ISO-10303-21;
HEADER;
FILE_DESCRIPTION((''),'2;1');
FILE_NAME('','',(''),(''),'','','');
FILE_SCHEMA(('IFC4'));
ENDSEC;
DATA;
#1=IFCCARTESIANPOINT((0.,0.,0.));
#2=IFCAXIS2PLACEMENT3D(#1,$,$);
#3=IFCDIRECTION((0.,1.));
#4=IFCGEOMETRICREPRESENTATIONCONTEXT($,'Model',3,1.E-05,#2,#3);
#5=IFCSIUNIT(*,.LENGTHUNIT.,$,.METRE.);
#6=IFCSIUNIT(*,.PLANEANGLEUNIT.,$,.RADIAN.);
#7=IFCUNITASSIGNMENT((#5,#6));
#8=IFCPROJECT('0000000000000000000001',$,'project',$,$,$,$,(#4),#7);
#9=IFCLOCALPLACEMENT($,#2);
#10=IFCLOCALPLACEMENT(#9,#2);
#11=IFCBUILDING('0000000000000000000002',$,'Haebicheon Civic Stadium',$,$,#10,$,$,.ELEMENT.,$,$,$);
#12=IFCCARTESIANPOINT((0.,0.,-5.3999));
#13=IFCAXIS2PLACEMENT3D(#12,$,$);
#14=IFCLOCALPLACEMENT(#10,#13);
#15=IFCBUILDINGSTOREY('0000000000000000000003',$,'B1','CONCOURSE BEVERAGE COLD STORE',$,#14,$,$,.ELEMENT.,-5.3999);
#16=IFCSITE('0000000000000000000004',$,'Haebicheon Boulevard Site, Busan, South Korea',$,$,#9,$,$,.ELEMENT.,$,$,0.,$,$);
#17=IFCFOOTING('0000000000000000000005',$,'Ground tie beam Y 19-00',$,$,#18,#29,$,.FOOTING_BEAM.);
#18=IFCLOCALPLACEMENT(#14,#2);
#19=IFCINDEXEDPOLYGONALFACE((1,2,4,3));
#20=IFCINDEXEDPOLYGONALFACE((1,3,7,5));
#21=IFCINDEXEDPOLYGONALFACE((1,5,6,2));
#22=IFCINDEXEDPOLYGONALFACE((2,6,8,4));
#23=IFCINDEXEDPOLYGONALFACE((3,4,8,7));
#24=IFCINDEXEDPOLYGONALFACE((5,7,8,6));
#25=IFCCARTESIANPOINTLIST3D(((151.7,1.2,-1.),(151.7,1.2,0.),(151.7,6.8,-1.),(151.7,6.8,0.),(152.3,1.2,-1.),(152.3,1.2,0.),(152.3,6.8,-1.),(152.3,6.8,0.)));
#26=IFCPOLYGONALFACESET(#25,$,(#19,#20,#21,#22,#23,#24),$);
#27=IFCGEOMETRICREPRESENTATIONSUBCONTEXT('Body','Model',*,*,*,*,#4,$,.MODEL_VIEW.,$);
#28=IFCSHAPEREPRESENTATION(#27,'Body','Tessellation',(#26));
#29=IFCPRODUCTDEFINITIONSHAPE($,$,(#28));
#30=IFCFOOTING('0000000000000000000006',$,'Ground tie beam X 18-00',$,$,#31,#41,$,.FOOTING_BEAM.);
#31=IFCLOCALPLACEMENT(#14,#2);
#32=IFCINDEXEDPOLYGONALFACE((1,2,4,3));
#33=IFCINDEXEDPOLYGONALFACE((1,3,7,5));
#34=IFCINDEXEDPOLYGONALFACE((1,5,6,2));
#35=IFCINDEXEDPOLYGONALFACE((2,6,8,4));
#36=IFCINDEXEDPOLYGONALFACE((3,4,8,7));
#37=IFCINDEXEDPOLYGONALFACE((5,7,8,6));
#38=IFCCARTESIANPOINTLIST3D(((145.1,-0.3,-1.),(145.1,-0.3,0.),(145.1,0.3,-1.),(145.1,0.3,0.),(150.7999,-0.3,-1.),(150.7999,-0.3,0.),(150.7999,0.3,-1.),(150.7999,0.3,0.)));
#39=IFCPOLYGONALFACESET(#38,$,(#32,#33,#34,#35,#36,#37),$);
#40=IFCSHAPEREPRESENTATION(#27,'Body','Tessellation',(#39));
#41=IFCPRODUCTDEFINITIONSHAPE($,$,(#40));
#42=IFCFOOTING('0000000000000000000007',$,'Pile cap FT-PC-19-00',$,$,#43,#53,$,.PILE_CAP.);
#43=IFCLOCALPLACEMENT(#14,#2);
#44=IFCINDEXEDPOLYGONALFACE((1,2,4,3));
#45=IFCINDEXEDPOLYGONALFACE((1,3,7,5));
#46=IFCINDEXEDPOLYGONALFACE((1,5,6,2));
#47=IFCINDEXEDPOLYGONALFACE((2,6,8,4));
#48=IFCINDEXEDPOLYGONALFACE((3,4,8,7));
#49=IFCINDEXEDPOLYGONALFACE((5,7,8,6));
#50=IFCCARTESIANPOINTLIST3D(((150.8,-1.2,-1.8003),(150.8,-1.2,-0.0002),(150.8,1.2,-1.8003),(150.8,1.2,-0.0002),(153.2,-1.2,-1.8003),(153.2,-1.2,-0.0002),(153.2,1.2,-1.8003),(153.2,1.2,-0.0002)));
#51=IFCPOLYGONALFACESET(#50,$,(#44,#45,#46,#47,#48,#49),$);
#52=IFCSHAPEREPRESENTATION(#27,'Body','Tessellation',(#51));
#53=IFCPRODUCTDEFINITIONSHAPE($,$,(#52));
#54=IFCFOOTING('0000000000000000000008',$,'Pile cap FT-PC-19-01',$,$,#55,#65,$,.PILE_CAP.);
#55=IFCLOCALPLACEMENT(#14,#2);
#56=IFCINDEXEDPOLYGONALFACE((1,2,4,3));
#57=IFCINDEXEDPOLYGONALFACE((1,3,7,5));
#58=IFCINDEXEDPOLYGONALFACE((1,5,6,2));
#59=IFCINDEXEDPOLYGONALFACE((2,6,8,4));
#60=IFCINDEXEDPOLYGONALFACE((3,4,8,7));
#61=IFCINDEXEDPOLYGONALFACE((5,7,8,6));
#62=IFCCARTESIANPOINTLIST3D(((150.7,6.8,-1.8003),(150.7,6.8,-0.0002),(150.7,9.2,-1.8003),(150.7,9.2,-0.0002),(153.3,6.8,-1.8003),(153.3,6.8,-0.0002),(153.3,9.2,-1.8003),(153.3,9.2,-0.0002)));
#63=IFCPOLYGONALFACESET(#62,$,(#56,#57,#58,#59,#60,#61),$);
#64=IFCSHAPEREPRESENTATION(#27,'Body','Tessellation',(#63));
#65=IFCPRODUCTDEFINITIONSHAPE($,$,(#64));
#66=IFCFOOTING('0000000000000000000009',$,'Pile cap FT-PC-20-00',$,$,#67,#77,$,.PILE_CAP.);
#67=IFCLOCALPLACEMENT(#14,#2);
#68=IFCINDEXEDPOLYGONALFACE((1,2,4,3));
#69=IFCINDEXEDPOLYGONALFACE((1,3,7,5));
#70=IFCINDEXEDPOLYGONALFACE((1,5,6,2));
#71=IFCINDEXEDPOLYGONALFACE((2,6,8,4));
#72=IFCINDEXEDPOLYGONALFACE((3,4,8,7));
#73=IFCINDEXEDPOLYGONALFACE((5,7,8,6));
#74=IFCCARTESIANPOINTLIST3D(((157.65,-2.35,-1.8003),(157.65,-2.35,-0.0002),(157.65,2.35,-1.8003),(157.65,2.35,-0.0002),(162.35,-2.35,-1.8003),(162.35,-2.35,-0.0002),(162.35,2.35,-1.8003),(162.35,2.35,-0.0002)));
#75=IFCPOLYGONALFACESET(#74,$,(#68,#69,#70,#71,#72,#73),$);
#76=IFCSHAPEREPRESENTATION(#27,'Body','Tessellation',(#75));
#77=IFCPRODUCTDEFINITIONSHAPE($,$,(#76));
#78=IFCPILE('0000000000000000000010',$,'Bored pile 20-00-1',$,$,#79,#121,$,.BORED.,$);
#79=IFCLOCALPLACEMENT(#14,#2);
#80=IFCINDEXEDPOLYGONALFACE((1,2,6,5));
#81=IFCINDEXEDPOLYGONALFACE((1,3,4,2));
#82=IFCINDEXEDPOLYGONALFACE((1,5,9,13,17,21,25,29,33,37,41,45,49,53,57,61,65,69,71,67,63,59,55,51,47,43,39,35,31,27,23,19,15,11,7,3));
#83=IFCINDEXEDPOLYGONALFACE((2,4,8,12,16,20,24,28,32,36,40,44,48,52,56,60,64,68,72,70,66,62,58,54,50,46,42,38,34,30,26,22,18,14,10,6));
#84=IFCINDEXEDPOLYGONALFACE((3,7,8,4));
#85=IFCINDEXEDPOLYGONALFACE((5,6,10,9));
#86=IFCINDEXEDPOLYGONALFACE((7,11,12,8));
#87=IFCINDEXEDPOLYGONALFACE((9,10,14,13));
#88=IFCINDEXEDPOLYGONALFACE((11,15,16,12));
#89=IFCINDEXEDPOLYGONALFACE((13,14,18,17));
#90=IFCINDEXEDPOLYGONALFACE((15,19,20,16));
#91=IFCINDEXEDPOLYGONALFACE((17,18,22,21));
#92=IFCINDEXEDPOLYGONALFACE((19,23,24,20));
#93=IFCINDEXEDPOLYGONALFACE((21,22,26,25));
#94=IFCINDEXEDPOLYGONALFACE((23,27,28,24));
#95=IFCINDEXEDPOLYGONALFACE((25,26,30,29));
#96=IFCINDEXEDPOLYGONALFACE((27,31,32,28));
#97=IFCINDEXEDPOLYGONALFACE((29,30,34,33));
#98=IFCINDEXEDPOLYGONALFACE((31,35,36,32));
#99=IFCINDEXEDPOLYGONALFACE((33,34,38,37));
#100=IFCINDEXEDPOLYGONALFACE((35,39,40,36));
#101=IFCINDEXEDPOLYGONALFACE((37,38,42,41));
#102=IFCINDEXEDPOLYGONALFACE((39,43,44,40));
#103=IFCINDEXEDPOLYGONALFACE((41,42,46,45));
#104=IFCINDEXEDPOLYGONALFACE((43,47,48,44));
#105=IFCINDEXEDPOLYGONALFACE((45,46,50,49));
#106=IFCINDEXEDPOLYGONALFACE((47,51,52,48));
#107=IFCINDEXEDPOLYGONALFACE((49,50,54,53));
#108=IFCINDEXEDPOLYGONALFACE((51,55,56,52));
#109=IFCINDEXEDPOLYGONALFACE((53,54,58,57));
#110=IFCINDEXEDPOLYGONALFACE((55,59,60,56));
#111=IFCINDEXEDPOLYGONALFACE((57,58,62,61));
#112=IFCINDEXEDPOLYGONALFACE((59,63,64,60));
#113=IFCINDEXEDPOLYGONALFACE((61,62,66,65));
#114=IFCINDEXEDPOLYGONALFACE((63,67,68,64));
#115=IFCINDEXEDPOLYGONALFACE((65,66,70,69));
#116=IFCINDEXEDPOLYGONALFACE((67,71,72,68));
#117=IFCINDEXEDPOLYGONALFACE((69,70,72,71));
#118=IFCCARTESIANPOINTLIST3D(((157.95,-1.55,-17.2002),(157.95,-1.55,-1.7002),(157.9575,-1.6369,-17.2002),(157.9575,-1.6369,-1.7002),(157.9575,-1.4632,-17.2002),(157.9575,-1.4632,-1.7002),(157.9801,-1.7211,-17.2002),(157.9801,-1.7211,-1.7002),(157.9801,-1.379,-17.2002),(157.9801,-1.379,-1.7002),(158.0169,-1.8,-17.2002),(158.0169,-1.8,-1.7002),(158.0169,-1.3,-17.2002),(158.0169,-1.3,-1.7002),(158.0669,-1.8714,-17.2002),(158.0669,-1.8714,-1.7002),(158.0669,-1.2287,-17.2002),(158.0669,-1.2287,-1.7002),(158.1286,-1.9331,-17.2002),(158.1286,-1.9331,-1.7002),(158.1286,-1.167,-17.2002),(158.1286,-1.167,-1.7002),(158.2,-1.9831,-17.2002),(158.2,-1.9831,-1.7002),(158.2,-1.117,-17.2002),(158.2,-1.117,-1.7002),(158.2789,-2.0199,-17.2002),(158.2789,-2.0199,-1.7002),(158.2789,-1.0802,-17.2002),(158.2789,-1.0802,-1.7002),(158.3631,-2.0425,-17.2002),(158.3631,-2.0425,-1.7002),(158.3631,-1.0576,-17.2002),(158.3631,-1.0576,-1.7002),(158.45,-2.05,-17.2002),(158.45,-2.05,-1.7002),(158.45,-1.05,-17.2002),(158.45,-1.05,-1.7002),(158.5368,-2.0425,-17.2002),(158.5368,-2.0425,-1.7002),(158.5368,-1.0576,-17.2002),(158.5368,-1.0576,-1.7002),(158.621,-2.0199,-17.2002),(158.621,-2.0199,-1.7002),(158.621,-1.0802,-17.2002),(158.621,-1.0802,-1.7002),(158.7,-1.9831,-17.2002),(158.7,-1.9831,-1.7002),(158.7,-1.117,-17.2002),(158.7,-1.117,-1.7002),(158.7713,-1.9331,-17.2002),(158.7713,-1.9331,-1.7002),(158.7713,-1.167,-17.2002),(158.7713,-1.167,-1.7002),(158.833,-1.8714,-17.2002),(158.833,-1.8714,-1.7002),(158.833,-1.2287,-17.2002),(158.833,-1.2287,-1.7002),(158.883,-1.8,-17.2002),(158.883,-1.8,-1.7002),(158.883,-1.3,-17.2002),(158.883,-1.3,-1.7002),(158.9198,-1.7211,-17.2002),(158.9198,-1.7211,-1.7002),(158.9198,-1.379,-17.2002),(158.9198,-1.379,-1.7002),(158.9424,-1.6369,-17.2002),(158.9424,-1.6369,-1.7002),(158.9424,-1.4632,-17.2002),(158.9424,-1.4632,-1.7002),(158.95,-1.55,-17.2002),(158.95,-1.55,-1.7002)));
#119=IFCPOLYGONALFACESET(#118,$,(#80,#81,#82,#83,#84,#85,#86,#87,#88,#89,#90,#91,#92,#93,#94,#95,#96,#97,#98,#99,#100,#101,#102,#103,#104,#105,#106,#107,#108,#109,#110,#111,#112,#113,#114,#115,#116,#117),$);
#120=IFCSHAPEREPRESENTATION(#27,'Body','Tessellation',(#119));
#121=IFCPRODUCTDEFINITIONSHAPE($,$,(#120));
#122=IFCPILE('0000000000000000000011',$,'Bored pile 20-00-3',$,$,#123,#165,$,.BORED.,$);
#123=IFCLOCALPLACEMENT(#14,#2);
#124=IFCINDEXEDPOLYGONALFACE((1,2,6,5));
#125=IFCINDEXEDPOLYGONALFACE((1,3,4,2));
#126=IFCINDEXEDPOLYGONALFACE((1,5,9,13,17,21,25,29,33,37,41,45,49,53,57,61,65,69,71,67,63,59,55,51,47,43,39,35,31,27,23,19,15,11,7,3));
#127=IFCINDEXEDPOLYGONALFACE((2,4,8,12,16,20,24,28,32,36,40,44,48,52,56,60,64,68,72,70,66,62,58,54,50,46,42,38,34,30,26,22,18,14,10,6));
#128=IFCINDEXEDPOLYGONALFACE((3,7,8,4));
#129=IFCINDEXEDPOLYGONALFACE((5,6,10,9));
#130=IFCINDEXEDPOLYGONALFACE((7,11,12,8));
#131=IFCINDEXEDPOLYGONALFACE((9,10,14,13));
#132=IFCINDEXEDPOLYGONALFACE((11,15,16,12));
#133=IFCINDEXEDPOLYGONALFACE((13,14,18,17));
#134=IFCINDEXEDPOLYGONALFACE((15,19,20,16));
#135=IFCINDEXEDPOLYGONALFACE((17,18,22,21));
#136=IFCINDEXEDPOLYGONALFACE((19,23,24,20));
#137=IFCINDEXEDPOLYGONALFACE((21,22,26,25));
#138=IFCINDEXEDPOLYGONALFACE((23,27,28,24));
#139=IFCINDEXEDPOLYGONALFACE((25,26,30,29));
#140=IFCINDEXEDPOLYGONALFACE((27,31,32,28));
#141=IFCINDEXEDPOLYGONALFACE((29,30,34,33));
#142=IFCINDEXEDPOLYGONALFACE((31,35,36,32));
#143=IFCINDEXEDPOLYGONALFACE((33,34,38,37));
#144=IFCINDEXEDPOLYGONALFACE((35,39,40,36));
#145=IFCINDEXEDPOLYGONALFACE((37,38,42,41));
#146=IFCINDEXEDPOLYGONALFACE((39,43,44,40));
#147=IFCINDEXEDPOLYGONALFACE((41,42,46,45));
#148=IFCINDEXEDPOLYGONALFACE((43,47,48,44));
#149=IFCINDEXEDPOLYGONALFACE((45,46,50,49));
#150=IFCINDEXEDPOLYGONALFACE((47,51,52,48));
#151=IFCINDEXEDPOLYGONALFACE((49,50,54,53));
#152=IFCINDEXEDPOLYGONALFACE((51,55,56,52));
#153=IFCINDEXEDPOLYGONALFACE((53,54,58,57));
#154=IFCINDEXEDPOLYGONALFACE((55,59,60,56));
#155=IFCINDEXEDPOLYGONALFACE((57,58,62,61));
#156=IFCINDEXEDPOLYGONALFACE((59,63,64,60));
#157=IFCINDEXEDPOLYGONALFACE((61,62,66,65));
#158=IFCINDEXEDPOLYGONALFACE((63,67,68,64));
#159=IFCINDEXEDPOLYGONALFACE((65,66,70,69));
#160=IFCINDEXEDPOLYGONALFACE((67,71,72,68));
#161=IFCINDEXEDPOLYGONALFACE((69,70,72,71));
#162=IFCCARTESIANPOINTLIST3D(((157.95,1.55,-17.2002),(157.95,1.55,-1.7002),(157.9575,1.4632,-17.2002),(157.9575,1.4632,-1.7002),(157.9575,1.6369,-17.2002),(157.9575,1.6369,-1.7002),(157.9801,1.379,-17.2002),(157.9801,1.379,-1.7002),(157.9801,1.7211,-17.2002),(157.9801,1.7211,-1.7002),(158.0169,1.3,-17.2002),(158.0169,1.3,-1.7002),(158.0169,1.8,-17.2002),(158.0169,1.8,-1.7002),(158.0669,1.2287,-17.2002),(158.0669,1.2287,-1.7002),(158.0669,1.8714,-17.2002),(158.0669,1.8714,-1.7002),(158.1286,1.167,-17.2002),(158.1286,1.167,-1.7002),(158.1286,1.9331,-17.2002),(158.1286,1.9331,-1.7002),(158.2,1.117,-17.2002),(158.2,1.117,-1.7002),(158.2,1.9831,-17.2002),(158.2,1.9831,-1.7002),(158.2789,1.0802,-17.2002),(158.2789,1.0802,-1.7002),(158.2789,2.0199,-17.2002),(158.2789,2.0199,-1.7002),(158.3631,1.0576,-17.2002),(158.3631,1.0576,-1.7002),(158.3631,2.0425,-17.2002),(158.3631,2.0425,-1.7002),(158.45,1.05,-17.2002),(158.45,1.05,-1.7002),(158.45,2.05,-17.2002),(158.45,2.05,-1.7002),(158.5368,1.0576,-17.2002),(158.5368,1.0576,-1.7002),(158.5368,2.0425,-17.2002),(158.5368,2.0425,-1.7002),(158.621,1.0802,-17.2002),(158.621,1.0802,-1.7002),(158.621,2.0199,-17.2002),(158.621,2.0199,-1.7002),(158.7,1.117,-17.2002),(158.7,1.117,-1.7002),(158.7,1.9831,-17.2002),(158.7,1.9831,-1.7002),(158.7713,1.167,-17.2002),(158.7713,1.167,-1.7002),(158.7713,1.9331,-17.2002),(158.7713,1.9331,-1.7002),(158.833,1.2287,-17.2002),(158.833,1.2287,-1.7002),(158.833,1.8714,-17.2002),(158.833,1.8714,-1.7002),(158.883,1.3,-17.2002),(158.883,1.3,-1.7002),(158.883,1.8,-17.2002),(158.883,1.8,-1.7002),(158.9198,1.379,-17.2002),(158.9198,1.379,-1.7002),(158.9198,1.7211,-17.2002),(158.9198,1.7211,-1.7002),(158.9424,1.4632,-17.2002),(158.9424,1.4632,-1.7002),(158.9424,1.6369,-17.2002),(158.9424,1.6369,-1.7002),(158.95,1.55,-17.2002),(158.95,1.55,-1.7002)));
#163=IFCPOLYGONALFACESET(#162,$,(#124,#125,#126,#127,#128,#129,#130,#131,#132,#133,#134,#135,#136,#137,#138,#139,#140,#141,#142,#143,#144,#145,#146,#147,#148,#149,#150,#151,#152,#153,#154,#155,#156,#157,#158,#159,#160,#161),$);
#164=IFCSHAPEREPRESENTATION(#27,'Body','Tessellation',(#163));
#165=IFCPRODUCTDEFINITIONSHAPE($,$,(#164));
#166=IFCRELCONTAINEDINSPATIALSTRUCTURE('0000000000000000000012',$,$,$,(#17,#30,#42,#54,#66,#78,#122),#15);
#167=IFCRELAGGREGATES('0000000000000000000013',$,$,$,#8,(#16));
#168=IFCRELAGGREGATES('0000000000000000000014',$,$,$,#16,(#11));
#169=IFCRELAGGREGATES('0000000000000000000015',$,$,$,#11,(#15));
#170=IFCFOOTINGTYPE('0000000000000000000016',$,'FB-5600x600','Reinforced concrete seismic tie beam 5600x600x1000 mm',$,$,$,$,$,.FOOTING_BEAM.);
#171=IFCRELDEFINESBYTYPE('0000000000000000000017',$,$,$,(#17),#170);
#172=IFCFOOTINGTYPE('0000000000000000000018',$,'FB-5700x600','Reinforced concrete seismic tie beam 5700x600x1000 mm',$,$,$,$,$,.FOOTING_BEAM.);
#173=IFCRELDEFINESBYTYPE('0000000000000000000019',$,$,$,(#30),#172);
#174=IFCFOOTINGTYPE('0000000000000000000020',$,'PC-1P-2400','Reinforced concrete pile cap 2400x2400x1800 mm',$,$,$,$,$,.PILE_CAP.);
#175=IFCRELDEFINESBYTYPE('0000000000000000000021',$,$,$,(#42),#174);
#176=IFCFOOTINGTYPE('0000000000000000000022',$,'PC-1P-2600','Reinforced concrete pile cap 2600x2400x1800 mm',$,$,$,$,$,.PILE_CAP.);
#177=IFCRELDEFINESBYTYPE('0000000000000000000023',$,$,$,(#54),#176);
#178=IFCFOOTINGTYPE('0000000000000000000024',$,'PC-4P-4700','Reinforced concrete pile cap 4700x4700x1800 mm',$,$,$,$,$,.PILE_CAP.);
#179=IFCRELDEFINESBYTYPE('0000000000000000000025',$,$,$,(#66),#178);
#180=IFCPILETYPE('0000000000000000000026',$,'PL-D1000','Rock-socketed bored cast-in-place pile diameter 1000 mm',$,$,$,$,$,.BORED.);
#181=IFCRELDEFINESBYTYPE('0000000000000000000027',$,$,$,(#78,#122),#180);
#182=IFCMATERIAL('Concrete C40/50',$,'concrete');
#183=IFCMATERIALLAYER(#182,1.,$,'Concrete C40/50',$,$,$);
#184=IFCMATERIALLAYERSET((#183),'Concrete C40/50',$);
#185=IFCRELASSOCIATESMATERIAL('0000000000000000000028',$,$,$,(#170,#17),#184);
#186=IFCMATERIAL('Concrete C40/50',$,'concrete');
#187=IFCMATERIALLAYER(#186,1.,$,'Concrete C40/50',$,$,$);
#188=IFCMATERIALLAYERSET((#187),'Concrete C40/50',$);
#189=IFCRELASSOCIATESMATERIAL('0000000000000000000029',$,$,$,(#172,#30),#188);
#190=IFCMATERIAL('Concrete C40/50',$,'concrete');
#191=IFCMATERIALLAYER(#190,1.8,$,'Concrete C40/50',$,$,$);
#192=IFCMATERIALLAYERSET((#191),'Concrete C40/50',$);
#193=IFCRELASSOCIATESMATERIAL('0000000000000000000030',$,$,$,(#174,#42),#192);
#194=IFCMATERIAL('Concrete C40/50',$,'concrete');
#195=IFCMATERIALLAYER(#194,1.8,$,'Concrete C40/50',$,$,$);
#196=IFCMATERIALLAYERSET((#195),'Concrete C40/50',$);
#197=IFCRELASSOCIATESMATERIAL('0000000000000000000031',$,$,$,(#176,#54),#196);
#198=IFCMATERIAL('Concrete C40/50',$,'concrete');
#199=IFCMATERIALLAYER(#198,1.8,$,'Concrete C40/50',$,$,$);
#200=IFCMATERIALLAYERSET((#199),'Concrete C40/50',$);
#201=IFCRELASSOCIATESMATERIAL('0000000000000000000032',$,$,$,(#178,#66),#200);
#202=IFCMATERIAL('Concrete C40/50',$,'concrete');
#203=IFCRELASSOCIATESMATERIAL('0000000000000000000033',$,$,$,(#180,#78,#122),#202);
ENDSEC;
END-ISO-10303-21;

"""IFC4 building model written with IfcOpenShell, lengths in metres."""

from ifc_helpers import new_model, si_unit, direction, frame, origin, origin_2d, place, context, subcontext, project, spatial, rectangle, circle, extrude, material, layer, layer_set, material_profile, profile_set, type_object, element, save


model = new_model("IFC4")

# Units and contexts
model_context = context("Model", 3, precision=1e-05, world=origin(), true_north=direction((0.0, 1.0)))
body_context = subcontext(model_context, "Body", "Model", "MODEL_VIEW")
ifc_project = project(units=[si_unit("LENGTHUNIT", "METRE"), si_unit("PLANEANGLEUNIT", "RADIAN")], contexts=[model_context])

# Site, building, storey
site_placement = place(None, origin())
site = spatial("IfcSite", under=ifc_project, at=site_placement, Name="Haebicheon Boulevard Site, Busan, South Korea", CompositionType="ELEMENT", RefElevation=0.0)
building_placement = place(site_placement, origin())
building = spatial("IfcBuilding", under=site, at=building_placement, Name="Haebicheon Civic Stadium", CompositionType="ELEMENT")
storey_placement = place(building_placement, frame((0.0, 0.0, -5.3999)))
storey = spatial("IfcBuildingStorey", under=building, at=storey_placement, Name="B1", Description="CONCOURSE BEVERAGE COLD STORE", CompositionType="ELEMENT", Elevation=-5.3999)

# Footings
ifc_material_1 = material(Name="Concrete C40/50", Category="concrete")
ifc_layer_1 = layer(ifc_material_1, 1.0, Name="Concrete C40/50")
ifc_layer_set_1 = layer_set([ifc_layer_1], Name="Concrete C40/50")
footing_type_1 = type_object("IfcFootingType", Name="FB-5600x600", Description="Reinforced concrete seismic tie beam 5600x600x1000 mm", PredefinedType="FOOTING_BEAM", material=ifc_layer_set_1)
footing_1_placement = place(storey_placement, frame((152.0, 4.0, -1.0), z_axis=(0.0, 0.0, 1.0), x_axis=(0.0, 1.0, 0.0)))
element("IfcFooting", 1, at=footing_1_placement, inside=storey, type_object=footing_type_1, material=ifc_layer_set_1, Name="Ground tie beam Y 19-00", PredefinedType="FOOTING_BEAM", context=body_context, shape_type="SweptSolid", body=[
    extrude(rectangle(XDim=5.6001, YDim=0.6001, at=origin_2d()), origin(), (0.0, 0.0, 1.0), 1.0),
])
ifc_material_2 = material(Name="Concrete C40/50", Category="concrete")
ifc_layer_2 = layer(ifc_material_2, 1.0, Name="Concrete C40/50")
ifc_layer_set_2 = layer_set([ifc_layer_2], Name="Concrete C40/50")
footing_type_2 = type_object("IfcFootingType", Name="FB-5700x600", Description="Reinforced concrete seismic tie beam 5700x600x1000 mm", PredefinedType="FOOTING_BEAM", material=ifc_layer_set_2)
footing_2_placement = place(storey_placement, frame((147.95, 0.0, -1.0), z_axis=(0.0, 0.0, 1.0), x_axis=(1.0, 0.0, 0.0)))
element("IfcFooting", 2, at=footing_2_placement, inside=storey, type_object=footing_type_2, material=ifc_layer_set_2, Name="Ground tie beam X 18-00", PredefinedType="FOOTING_BEAM", context=body_context, shape_type="SweptSolid", body=[
    extrude(rectangle(XDim=5.7, YDim=0.6001, at=origin_2d()), origin(), (0.0, 0.0, 1.0), 1.0),
])
ifc_material_3 = material(Name="Concrete C40/50", Category="concrete")
ifc_layer_3 = layer(ifc_material_3, 1.8, Name="Concrete C40/50")
ifc_layer_set_3 = layer_set([ifc_layer_3], Name="Concrete C40/50")
footing_type_3 = type_object("IfcFootingType", Name="PC-1P-2400", Description="Reinforced concrete pile cap 2400x2400x1800 mm", PredefinedType="PILE_CAP", material=ifc_layer_set_3)
footing_3_placement = place(storey_placement, frame((152.0, 0.0, -1.8003), z_axis=(0.0, 0.0, 1.0), x_axis=(1.0, 0.0, 0.0)))
element("IfcFooting", 3, at=footing_3_placement, inside=storey, type_object=footing_type_3, material=ifc_layer_set_3, Name="Pile cap FT-PC-19-00", PredefinedType="PILE_CAP", context=body_context, shape_type="SweptSolid", body=[
    extrude(rectangle(XDim=2.3999, YDim=2.3999, at=origin_2d()), origin(), (0.0, 0.0, 1.0), 1.8),
])
ifc_material_4 = material(Name="Concrete C40/50", Category="concrete")
ifc_layer_4 = layer(ifc_material_4, 1.8, Name="Concrete C40/50")
ifc_layer_set_4 = layer_set([ifc_layer_4], Name="Concrete C40/50")
footing_type_4 = type_object("IfcFootingType", Name="PC-1P-2600", Description="Reinforced concrete pile cap 2600x2400x1800 mm", PredefinedType="PILE_CAP", material=ifc_layer_set_4)
footing_4_placement = place(storey_placement, frame((152.0, 8.0, -1.8003), z_axis=(0.0, 0.0, 1.0), x_axis=(1.0, 0.0, 0.0)))
element("IfcFooting", 4, at=footing_4_placement, inside=storey, type_object=footing_type_4, material=ifc_layer_set_4, Name="Pile cap FT-PC-19-01", PredefinedType="PILE_CAP", context=body_context, shape_type="SweptSolid", body=[
    extrude(rectangle(XDim=2.6001, YDim=2.3999, at=origin_2d()), origin(), (0.0, 0.0, 1.0), 1.8),
])
ifc_material_5 = material(Name="Concrete C40/50", Category="concrete")
ifc_layer_5 = layer(ifc_material_5, 1.8, Name="Concrete C40/50")
ifc_layer_set_5 = layer_set([ifc_layer_5], Name="Concrete C40/50")
footing_type_5 = type_object("IfcFootingType", Name="PC-4P-4700", Description="Reinforced concrete pile cap 4700x4700x1800 mm", PredefinedType="PILE_CAP", material=ifc_layer_set_5)
footing_5_placement = place(storey_placement, frame((160.0, 0.0, -1.8003), z_axis=(0.0, 0.0, 1.0), x_axis=(1.0, 0.0, 0.0)))
element("IfcFooting", 5, at=footing_5_placement, inside=storey, type_object=footing_type_5, material=ifc_layer_set_5, Name="Pile cap FT-PC-20-00", PredefinedType="PILE_CAP", context=body_context, shape_type="SweptSolid", body=[
    extrude(rectangle(XDim=4.7, YDim=4.7, at=origin_2d()), origin(), (0.0, 0.0, 1.0), 1.8),
])

# Piles
ifc_material_6 = material(Name="Concrete C40/50", Category="concrete")
ifc_material_profile_1 = material_profile(ifc_material_6, circle(Radius=0.5, at=origin_2d()), Name="PILE-D1000")
ifc_profile_set_1 = profile_set([ifc_material_profile_1], Name="Concrete C40/50")
pile_type_1 = type_object("IfcPileType", Name="PL-D1000", Description="Rock-socketed bored cast-in-place pile diameter 1000 mm", PredefinedType="BORED", material=ifc_profile_set_1)
for number, where, z_axis, x_axis, name in (
    (6, (158.45, -1.55, -1.7002), (0.0, 0.0, -1.0), (1.0, 0.0, 0.0), "Bored pile 20-00-1"),
    (7, (158.45, 1.55, -1.7002), (0.0, 0.0, -1.0), (1.0, 0.0, 0.0), "Bored pile 20-00-3"),
):
    element("IfcPile", number, at=place(storey_placement, frame(where, z_axis=z_axis, x_axis=x_axis)), inside=storey, type_object=pile_type_1, material=ifc_profile_set_1, Name=name, PredefinedType="BORED", context=body_context, shape_type="SweptSolid", body=[
        extrude(circle(Radius=0.5, at=origin_2d()), origin(), (0.0, 0.0, 1.0), 15.5),
    ])

save(model, "model.ifc")
